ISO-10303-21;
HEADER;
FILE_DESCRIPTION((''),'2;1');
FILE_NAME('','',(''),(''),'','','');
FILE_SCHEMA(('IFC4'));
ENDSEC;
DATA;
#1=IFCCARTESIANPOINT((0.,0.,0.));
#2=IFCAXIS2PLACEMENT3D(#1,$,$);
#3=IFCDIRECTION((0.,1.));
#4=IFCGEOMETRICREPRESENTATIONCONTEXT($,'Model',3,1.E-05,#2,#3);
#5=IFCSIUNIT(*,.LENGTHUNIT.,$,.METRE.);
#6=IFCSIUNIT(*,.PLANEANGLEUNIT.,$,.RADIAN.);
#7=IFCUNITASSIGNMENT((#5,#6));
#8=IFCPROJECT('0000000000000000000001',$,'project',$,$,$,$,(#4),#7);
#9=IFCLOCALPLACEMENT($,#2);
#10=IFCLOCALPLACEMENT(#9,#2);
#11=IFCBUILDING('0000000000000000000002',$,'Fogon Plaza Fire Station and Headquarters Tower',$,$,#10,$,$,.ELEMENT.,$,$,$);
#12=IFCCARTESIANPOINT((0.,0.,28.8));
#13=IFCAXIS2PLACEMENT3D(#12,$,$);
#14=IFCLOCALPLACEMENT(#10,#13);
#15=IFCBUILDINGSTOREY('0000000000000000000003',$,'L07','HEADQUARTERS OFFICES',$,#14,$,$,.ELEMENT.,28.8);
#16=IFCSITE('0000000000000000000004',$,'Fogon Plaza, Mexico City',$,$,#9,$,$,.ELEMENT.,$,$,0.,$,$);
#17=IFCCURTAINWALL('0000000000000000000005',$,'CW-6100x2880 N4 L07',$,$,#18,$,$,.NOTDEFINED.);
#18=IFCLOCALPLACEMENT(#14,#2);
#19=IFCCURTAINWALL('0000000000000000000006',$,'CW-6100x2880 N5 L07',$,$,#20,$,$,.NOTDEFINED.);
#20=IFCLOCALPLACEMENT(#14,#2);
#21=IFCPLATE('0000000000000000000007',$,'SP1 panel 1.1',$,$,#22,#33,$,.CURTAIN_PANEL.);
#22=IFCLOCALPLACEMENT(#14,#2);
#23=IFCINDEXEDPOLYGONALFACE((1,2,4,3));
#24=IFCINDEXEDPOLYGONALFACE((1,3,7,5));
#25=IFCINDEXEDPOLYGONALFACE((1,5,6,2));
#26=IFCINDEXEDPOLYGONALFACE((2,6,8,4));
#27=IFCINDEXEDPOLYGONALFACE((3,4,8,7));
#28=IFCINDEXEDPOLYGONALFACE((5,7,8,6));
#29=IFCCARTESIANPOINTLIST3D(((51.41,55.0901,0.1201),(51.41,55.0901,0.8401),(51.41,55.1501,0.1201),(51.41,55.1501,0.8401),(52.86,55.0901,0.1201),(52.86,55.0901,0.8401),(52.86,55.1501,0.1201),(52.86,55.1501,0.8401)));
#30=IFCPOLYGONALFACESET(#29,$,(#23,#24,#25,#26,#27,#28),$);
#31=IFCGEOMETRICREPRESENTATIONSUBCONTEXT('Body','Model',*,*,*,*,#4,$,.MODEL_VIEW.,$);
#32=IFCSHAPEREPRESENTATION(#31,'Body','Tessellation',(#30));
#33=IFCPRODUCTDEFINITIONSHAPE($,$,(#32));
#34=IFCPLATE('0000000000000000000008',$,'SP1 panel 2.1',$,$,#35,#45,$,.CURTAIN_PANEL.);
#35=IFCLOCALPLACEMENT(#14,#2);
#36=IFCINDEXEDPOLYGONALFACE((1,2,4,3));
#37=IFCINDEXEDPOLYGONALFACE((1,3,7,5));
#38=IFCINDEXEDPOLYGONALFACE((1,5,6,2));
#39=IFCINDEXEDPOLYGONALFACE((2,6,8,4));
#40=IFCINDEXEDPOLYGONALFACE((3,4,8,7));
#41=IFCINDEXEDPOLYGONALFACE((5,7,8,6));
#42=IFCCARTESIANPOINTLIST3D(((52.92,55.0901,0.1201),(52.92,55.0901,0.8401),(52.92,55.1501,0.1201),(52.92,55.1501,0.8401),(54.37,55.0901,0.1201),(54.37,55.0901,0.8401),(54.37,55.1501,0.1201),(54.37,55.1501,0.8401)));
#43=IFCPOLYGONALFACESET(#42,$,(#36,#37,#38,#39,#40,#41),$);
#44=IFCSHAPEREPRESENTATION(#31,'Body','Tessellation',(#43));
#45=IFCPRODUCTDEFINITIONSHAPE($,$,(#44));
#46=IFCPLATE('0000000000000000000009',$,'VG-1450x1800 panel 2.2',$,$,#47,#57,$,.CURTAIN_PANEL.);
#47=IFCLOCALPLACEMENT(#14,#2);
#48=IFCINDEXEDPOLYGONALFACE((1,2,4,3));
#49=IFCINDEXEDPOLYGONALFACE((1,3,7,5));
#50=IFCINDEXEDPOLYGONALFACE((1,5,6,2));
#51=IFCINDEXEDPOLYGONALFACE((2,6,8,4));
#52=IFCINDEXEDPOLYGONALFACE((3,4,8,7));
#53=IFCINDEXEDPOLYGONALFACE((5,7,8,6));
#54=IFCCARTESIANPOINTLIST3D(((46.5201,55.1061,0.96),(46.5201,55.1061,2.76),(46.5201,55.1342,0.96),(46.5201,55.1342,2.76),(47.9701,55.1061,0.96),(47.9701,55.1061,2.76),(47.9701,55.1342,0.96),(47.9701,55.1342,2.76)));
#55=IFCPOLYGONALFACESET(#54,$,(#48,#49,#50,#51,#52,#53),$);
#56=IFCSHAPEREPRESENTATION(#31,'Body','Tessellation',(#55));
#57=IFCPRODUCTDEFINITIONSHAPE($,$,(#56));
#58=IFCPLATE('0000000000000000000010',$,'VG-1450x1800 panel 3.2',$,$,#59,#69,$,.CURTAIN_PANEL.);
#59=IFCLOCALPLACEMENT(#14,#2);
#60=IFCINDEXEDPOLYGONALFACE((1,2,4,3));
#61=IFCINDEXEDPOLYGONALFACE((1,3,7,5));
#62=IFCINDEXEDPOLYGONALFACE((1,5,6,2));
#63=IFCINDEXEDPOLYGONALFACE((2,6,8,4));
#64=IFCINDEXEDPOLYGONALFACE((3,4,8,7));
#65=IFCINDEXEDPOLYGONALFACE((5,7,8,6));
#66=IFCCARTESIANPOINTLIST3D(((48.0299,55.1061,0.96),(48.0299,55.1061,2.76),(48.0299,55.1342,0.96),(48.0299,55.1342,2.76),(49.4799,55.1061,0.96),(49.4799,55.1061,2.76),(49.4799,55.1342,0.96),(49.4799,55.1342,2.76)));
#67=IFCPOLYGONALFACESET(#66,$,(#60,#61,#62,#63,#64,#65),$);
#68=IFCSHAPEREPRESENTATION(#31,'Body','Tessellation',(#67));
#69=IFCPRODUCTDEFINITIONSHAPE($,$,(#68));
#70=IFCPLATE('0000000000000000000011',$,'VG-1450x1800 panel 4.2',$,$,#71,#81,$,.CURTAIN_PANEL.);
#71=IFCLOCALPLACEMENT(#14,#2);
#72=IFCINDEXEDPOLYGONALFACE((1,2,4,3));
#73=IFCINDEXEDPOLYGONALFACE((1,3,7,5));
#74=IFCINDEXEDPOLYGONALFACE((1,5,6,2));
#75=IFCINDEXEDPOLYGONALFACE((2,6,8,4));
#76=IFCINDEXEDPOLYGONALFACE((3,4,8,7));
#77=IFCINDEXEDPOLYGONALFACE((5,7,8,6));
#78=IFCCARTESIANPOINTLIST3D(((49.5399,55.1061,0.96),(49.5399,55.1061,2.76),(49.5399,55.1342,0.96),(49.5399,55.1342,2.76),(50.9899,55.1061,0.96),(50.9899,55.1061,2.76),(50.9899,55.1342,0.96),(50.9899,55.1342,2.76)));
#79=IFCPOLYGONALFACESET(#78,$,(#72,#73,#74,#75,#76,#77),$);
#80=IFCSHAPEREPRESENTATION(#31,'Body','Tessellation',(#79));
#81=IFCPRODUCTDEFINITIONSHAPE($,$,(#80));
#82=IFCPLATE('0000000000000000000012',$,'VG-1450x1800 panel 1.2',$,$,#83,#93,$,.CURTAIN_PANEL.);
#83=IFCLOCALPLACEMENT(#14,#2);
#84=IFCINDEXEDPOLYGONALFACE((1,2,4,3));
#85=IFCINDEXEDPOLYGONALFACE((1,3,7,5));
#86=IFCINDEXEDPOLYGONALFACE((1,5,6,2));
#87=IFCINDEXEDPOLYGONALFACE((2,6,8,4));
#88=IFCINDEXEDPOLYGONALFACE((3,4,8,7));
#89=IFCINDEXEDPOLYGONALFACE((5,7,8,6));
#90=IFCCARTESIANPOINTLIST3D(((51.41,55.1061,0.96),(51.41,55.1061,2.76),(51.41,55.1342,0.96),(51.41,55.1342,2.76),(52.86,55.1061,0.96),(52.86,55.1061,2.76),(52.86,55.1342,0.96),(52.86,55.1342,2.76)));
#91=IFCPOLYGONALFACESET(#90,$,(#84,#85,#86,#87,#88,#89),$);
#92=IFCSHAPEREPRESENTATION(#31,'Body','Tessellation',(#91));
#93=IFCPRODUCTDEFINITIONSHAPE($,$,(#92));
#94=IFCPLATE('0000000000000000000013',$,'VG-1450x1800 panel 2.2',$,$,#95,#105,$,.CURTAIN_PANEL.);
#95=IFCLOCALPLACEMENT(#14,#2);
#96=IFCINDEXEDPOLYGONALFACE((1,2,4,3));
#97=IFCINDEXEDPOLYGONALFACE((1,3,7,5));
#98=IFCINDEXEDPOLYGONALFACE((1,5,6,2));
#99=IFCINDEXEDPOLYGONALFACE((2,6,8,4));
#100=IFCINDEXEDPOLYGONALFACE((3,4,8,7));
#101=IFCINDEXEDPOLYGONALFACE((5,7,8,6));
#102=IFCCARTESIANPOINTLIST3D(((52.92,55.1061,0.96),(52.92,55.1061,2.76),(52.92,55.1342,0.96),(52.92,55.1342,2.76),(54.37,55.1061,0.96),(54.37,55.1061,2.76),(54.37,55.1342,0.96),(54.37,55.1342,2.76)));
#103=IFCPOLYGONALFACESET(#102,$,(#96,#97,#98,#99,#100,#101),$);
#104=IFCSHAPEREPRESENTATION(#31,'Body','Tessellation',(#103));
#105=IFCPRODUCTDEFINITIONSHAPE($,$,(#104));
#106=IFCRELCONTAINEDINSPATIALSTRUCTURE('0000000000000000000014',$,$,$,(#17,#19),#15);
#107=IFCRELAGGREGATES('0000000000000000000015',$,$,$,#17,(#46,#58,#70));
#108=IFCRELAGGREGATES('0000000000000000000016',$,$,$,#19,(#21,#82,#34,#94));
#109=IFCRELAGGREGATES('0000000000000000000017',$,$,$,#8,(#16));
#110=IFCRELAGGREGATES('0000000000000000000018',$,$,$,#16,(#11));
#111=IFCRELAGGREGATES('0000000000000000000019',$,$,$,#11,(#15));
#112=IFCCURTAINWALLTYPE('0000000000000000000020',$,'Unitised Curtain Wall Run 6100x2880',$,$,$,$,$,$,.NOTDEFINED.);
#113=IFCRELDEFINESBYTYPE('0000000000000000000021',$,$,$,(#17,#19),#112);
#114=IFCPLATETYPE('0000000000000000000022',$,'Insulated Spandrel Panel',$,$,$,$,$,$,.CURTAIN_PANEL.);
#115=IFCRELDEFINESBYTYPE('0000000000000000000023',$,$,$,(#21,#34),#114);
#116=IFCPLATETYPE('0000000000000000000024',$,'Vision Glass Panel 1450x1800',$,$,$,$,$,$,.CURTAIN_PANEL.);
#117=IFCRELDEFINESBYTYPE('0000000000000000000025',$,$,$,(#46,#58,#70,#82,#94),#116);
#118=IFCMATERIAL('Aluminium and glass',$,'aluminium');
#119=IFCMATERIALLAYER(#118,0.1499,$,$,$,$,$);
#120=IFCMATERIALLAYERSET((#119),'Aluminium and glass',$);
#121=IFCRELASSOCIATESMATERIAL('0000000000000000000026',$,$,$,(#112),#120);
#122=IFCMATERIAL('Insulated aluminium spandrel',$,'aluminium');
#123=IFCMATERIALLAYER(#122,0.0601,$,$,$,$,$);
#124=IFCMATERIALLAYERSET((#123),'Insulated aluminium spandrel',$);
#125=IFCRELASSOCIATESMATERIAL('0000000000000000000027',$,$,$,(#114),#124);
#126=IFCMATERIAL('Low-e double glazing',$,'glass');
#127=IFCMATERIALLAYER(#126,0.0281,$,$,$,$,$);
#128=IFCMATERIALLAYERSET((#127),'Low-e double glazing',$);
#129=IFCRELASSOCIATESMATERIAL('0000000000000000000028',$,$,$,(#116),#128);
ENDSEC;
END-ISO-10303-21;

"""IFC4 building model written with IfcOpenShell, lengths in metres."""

from ifc_helpers import new_model, si_unit, direction, frame, origin, origin_2d, place, context, subcontext, project, spatial, rectangle, extrude, material, layer, layer_set, type_object, element, aggregate, save


model = new_model("IFC4")

# Units and contexts
model_context = context("Model", 3, precision=1e-05, world=origin(), true_north=direction((0.0, 1.0)))
body_context = subcontext(model_context, "Body", "Model", "MODEL_VIEW")
ifc_project = project(units=[si_unit("LENGTHUNIT", "METRE"), si_unit("PLANEANGLEUNIT", "RADIAN")], contexts=[model_context])

# Site, building, storey
site_placement = place(None, origin())
site = spatial("IfcSite", under=ifc_project, at=site_placement, Name="Fogon Plaza, Mexico City", CompositionType="ELEMENT", RefElevation=0.0)
building_placement = place(site_placement, origin())
building = spatial("IfcBuilding", under=site, at=building_placement, Name="Fogon Plaza Fire Station and Headquarters Tower", CompositionType="ELEMENT")
storey_placement = place(building_placement, frame((0.0, 0.0, 28.8)))
storey = spatial("IfcBuildingStorey", under=building, at=storey_placement, Name="L07", Description="HEADQUARTERS OFFICES", CompositionType="ELEMENT", Elevation=28.8)

# Curtain walls
ifc_material_1 = material(Name="Aluminium and glass", Category="aluminium")
ifc_layer_1 = layer(ifc_material_1, 0.1499)
ifc_layer_set_1 = layer_set([ifc_layer_1], Name="Aluminium and glass")
curtain_wall_type = type_object("IfcCurtainWallType", Name="Unitised Curtain Wall Run 6100x2880", PredefinedType="NOTDEFINED", material=ifc_layer_set_1)
curtain_wall_1_placement = place(storey_placement, origin())
curtain_wall_1 = element("IfcCurtainWall", 1, at=curtain_wall_1_placement, inside=storey, type_object=curtain_wall_type, Name="CW-6100x2880 N4 L07", PredefinedType="NOTDEFINED")
curtain_wall_2_placement = place(storey_placement, origin())
curtain_wall_2 = element("IfcCurtainWall", 2, at=curtain_wall_2_placement, inside=storey, type_object=curtain_wall_type, Name="CW-6100x2880 N5 L07", PredefinedType="NOTDEFINED")

# Plates
ifc_material_2 = material(Name="Insulated aluminium spandrel", Category="aluminium")
ifc_layer_2 = layer(ifc_material_2, 0.0601)
ifc_layer_set_2 = layer_set([ifc_layer_2], Name="Insulated aluminium spandrel")
plate_type_1 = type_object("IfcPlateType", Name="Insulated Spandrel Panel", PredefinedType="CURTAIN_PANEL", material=ifc_layer_set_2)
plate_1_placement = place(storey_placement, frame((52.135, 55.1201, 0.1201), z_axis=(0.0, 0.0, 1.0), x_axis=(1.0, 0.0, 0.0)))
plate_1 = element("IfcPlate", 3, at=plate_1_placement, type_object=plate_type_1, Name="SP1 panel 1.1", PredefinedType="CURTAIN_PANEL", context=body_context, shape_type="SweptSolid", body=[
    extrude(rectangle(XDim=1.45, YDim=0.0601, at=origin_2d()), origin(), (0.0, 0.0, 1.0), 0.72),
])
plate_2_placement = place(storey_placement, frame((53.645, 55.1201, 0.1201), z_axis=(0.0, 0.0, 1.0), x_axis=(1.0, 0.0, 0.0)))
plate_2 = element("IfcPlate", 4, at=plate_2_placement, type_object=plate_type_1, Name="SP1 panel 2.1", PredefinedType="CURTAIN_PANEL", context=body_context, shape_type="SweptSolid", body=[
    extrude(rectangle(XDim=1.45, YDim=0.0601, at=origin_2d()), origin(), (0.0, 0.0, 1.0), 0.72),
])
ifc_material_3 = material(Name="Low-e double glazing", Category="glass")
ifc_layer_3 = layer(ifc_material_3, 0.0281)
ifc_layer_set_3 = layer_set([ifc_layer_3], Name="Low-e double glazing")
plate_type_2 = type_object("IfcPlateType", Name="Vision Glass Panel 1450x1800", PredefinedType="CURTAIN_PANEL", material=ifc_layer_set_3)
plate_3_placement = place(storey_placement, frame((47.2451, 55.1201, 0.96), z_axis=(0.0, 0.0, 1.0), x_axis=(1.0, 0.0, 0.0)))
plate_3 = element("IfcPlate", 5, at=plate_3_placement, type_object=plate_type_2, Name="VG-1450x1800 panel 2.2", PredefinedType="CURTAIN_PANEL", context=body_context, shape_type="SweptSolid", body=[
    extrude(rectangle(XDim=1.45, YDim=0.0281, at=origin_2d()), origin(), (0.0, 0.0, 1.0), 1.8),
])
plate_4_placement = place(storey_placement, frame((48.7549, 55.1201, 0.96), z_axis=(0.0, 0.0, 1.0), x_axis=(1.0, 0.0, 0.0)))
plate_4 = element("IfcPlate", 6, at=plate_4_placement, type_object=plate_type_2, Name="VG-1450x1800 panel 3.2", PredefinedType="CURTAIN_PANEL", context=body_context, shape_type="SweptSolid", body=[
    extrude(rectangle(XDim=1.45, YDim=0.0281, at=origin_2d()), origin(), (0.0, 0.0, 1.0), 1.8),
])
plate_5_placement = place(storey_placement, frame((50.2649, 55.1201, 0.96), z_axis=(0.0, 0.0, 1.0), x_axis=(1.0, 0.0, 0.0)))
plate_5 = element("IfcPlate", 7, at=plate_5_placement, type_object=plate_type_2, Name="VG-1450x1800 panel 4.2", PredefinedType="CURTAIN_PANEL", context=body_context, shape_type="SweptSolid", body=[
    extrude(rectangle(XDim=1.45, YDim=0.0281, at=origin_2d()), origin(), (0.0, 0.0, 1.0), 1.8),
])
aggregate(curtain_wall_1, [plate_3, plate_4, plate_5])
plate_6_placement = place(storey_placement, frame((52.135, 55.1201, 0.96), z_axis=(0.0, 0.0, 1.0), x_axis=(1.0, 0.0, 0.0)))
plate_6 = element("IfcPlate", 8, at=plate_6_placement, type_object=plate_type_2, Name="VG-1450x1800 panel 1.2", PredefinedType="CURTAIN_PANEL", context=body_context, shape_type="SweptSolid", body=[
    extrude(rectangle(XDim=1.45, YDim=0.0281, at=origin_2d()), origin(), (0.0, 0.0, 1.0), 1.8),
])
plate_7_placement = place(storey_placement, frame((53.645, 55.1201, 0.96), z_axis=(0.0, 0.0, 1.0), x_axis=(1.0, 0.0, 0.0)))
plate_7 = element("IfcPlate", 9, at=plate_7_placement, type_object=plate_type_2, Name="VG-1450x1800 panel 2.2", PredefinedType="CURTAIN_PANEL", context=body_context, shape_type="SweptSolid", body=[
    extrude(rectangle(XDim=1.45, YDim=0.0281, at=origin_2d()), origin(), (0.0, 0.0, 1.0), 1.8),
])
aggregate(curtain_wall_2, [plate_1, plate_6, plate_2, plate_7])

save(model, "model.ifc")
